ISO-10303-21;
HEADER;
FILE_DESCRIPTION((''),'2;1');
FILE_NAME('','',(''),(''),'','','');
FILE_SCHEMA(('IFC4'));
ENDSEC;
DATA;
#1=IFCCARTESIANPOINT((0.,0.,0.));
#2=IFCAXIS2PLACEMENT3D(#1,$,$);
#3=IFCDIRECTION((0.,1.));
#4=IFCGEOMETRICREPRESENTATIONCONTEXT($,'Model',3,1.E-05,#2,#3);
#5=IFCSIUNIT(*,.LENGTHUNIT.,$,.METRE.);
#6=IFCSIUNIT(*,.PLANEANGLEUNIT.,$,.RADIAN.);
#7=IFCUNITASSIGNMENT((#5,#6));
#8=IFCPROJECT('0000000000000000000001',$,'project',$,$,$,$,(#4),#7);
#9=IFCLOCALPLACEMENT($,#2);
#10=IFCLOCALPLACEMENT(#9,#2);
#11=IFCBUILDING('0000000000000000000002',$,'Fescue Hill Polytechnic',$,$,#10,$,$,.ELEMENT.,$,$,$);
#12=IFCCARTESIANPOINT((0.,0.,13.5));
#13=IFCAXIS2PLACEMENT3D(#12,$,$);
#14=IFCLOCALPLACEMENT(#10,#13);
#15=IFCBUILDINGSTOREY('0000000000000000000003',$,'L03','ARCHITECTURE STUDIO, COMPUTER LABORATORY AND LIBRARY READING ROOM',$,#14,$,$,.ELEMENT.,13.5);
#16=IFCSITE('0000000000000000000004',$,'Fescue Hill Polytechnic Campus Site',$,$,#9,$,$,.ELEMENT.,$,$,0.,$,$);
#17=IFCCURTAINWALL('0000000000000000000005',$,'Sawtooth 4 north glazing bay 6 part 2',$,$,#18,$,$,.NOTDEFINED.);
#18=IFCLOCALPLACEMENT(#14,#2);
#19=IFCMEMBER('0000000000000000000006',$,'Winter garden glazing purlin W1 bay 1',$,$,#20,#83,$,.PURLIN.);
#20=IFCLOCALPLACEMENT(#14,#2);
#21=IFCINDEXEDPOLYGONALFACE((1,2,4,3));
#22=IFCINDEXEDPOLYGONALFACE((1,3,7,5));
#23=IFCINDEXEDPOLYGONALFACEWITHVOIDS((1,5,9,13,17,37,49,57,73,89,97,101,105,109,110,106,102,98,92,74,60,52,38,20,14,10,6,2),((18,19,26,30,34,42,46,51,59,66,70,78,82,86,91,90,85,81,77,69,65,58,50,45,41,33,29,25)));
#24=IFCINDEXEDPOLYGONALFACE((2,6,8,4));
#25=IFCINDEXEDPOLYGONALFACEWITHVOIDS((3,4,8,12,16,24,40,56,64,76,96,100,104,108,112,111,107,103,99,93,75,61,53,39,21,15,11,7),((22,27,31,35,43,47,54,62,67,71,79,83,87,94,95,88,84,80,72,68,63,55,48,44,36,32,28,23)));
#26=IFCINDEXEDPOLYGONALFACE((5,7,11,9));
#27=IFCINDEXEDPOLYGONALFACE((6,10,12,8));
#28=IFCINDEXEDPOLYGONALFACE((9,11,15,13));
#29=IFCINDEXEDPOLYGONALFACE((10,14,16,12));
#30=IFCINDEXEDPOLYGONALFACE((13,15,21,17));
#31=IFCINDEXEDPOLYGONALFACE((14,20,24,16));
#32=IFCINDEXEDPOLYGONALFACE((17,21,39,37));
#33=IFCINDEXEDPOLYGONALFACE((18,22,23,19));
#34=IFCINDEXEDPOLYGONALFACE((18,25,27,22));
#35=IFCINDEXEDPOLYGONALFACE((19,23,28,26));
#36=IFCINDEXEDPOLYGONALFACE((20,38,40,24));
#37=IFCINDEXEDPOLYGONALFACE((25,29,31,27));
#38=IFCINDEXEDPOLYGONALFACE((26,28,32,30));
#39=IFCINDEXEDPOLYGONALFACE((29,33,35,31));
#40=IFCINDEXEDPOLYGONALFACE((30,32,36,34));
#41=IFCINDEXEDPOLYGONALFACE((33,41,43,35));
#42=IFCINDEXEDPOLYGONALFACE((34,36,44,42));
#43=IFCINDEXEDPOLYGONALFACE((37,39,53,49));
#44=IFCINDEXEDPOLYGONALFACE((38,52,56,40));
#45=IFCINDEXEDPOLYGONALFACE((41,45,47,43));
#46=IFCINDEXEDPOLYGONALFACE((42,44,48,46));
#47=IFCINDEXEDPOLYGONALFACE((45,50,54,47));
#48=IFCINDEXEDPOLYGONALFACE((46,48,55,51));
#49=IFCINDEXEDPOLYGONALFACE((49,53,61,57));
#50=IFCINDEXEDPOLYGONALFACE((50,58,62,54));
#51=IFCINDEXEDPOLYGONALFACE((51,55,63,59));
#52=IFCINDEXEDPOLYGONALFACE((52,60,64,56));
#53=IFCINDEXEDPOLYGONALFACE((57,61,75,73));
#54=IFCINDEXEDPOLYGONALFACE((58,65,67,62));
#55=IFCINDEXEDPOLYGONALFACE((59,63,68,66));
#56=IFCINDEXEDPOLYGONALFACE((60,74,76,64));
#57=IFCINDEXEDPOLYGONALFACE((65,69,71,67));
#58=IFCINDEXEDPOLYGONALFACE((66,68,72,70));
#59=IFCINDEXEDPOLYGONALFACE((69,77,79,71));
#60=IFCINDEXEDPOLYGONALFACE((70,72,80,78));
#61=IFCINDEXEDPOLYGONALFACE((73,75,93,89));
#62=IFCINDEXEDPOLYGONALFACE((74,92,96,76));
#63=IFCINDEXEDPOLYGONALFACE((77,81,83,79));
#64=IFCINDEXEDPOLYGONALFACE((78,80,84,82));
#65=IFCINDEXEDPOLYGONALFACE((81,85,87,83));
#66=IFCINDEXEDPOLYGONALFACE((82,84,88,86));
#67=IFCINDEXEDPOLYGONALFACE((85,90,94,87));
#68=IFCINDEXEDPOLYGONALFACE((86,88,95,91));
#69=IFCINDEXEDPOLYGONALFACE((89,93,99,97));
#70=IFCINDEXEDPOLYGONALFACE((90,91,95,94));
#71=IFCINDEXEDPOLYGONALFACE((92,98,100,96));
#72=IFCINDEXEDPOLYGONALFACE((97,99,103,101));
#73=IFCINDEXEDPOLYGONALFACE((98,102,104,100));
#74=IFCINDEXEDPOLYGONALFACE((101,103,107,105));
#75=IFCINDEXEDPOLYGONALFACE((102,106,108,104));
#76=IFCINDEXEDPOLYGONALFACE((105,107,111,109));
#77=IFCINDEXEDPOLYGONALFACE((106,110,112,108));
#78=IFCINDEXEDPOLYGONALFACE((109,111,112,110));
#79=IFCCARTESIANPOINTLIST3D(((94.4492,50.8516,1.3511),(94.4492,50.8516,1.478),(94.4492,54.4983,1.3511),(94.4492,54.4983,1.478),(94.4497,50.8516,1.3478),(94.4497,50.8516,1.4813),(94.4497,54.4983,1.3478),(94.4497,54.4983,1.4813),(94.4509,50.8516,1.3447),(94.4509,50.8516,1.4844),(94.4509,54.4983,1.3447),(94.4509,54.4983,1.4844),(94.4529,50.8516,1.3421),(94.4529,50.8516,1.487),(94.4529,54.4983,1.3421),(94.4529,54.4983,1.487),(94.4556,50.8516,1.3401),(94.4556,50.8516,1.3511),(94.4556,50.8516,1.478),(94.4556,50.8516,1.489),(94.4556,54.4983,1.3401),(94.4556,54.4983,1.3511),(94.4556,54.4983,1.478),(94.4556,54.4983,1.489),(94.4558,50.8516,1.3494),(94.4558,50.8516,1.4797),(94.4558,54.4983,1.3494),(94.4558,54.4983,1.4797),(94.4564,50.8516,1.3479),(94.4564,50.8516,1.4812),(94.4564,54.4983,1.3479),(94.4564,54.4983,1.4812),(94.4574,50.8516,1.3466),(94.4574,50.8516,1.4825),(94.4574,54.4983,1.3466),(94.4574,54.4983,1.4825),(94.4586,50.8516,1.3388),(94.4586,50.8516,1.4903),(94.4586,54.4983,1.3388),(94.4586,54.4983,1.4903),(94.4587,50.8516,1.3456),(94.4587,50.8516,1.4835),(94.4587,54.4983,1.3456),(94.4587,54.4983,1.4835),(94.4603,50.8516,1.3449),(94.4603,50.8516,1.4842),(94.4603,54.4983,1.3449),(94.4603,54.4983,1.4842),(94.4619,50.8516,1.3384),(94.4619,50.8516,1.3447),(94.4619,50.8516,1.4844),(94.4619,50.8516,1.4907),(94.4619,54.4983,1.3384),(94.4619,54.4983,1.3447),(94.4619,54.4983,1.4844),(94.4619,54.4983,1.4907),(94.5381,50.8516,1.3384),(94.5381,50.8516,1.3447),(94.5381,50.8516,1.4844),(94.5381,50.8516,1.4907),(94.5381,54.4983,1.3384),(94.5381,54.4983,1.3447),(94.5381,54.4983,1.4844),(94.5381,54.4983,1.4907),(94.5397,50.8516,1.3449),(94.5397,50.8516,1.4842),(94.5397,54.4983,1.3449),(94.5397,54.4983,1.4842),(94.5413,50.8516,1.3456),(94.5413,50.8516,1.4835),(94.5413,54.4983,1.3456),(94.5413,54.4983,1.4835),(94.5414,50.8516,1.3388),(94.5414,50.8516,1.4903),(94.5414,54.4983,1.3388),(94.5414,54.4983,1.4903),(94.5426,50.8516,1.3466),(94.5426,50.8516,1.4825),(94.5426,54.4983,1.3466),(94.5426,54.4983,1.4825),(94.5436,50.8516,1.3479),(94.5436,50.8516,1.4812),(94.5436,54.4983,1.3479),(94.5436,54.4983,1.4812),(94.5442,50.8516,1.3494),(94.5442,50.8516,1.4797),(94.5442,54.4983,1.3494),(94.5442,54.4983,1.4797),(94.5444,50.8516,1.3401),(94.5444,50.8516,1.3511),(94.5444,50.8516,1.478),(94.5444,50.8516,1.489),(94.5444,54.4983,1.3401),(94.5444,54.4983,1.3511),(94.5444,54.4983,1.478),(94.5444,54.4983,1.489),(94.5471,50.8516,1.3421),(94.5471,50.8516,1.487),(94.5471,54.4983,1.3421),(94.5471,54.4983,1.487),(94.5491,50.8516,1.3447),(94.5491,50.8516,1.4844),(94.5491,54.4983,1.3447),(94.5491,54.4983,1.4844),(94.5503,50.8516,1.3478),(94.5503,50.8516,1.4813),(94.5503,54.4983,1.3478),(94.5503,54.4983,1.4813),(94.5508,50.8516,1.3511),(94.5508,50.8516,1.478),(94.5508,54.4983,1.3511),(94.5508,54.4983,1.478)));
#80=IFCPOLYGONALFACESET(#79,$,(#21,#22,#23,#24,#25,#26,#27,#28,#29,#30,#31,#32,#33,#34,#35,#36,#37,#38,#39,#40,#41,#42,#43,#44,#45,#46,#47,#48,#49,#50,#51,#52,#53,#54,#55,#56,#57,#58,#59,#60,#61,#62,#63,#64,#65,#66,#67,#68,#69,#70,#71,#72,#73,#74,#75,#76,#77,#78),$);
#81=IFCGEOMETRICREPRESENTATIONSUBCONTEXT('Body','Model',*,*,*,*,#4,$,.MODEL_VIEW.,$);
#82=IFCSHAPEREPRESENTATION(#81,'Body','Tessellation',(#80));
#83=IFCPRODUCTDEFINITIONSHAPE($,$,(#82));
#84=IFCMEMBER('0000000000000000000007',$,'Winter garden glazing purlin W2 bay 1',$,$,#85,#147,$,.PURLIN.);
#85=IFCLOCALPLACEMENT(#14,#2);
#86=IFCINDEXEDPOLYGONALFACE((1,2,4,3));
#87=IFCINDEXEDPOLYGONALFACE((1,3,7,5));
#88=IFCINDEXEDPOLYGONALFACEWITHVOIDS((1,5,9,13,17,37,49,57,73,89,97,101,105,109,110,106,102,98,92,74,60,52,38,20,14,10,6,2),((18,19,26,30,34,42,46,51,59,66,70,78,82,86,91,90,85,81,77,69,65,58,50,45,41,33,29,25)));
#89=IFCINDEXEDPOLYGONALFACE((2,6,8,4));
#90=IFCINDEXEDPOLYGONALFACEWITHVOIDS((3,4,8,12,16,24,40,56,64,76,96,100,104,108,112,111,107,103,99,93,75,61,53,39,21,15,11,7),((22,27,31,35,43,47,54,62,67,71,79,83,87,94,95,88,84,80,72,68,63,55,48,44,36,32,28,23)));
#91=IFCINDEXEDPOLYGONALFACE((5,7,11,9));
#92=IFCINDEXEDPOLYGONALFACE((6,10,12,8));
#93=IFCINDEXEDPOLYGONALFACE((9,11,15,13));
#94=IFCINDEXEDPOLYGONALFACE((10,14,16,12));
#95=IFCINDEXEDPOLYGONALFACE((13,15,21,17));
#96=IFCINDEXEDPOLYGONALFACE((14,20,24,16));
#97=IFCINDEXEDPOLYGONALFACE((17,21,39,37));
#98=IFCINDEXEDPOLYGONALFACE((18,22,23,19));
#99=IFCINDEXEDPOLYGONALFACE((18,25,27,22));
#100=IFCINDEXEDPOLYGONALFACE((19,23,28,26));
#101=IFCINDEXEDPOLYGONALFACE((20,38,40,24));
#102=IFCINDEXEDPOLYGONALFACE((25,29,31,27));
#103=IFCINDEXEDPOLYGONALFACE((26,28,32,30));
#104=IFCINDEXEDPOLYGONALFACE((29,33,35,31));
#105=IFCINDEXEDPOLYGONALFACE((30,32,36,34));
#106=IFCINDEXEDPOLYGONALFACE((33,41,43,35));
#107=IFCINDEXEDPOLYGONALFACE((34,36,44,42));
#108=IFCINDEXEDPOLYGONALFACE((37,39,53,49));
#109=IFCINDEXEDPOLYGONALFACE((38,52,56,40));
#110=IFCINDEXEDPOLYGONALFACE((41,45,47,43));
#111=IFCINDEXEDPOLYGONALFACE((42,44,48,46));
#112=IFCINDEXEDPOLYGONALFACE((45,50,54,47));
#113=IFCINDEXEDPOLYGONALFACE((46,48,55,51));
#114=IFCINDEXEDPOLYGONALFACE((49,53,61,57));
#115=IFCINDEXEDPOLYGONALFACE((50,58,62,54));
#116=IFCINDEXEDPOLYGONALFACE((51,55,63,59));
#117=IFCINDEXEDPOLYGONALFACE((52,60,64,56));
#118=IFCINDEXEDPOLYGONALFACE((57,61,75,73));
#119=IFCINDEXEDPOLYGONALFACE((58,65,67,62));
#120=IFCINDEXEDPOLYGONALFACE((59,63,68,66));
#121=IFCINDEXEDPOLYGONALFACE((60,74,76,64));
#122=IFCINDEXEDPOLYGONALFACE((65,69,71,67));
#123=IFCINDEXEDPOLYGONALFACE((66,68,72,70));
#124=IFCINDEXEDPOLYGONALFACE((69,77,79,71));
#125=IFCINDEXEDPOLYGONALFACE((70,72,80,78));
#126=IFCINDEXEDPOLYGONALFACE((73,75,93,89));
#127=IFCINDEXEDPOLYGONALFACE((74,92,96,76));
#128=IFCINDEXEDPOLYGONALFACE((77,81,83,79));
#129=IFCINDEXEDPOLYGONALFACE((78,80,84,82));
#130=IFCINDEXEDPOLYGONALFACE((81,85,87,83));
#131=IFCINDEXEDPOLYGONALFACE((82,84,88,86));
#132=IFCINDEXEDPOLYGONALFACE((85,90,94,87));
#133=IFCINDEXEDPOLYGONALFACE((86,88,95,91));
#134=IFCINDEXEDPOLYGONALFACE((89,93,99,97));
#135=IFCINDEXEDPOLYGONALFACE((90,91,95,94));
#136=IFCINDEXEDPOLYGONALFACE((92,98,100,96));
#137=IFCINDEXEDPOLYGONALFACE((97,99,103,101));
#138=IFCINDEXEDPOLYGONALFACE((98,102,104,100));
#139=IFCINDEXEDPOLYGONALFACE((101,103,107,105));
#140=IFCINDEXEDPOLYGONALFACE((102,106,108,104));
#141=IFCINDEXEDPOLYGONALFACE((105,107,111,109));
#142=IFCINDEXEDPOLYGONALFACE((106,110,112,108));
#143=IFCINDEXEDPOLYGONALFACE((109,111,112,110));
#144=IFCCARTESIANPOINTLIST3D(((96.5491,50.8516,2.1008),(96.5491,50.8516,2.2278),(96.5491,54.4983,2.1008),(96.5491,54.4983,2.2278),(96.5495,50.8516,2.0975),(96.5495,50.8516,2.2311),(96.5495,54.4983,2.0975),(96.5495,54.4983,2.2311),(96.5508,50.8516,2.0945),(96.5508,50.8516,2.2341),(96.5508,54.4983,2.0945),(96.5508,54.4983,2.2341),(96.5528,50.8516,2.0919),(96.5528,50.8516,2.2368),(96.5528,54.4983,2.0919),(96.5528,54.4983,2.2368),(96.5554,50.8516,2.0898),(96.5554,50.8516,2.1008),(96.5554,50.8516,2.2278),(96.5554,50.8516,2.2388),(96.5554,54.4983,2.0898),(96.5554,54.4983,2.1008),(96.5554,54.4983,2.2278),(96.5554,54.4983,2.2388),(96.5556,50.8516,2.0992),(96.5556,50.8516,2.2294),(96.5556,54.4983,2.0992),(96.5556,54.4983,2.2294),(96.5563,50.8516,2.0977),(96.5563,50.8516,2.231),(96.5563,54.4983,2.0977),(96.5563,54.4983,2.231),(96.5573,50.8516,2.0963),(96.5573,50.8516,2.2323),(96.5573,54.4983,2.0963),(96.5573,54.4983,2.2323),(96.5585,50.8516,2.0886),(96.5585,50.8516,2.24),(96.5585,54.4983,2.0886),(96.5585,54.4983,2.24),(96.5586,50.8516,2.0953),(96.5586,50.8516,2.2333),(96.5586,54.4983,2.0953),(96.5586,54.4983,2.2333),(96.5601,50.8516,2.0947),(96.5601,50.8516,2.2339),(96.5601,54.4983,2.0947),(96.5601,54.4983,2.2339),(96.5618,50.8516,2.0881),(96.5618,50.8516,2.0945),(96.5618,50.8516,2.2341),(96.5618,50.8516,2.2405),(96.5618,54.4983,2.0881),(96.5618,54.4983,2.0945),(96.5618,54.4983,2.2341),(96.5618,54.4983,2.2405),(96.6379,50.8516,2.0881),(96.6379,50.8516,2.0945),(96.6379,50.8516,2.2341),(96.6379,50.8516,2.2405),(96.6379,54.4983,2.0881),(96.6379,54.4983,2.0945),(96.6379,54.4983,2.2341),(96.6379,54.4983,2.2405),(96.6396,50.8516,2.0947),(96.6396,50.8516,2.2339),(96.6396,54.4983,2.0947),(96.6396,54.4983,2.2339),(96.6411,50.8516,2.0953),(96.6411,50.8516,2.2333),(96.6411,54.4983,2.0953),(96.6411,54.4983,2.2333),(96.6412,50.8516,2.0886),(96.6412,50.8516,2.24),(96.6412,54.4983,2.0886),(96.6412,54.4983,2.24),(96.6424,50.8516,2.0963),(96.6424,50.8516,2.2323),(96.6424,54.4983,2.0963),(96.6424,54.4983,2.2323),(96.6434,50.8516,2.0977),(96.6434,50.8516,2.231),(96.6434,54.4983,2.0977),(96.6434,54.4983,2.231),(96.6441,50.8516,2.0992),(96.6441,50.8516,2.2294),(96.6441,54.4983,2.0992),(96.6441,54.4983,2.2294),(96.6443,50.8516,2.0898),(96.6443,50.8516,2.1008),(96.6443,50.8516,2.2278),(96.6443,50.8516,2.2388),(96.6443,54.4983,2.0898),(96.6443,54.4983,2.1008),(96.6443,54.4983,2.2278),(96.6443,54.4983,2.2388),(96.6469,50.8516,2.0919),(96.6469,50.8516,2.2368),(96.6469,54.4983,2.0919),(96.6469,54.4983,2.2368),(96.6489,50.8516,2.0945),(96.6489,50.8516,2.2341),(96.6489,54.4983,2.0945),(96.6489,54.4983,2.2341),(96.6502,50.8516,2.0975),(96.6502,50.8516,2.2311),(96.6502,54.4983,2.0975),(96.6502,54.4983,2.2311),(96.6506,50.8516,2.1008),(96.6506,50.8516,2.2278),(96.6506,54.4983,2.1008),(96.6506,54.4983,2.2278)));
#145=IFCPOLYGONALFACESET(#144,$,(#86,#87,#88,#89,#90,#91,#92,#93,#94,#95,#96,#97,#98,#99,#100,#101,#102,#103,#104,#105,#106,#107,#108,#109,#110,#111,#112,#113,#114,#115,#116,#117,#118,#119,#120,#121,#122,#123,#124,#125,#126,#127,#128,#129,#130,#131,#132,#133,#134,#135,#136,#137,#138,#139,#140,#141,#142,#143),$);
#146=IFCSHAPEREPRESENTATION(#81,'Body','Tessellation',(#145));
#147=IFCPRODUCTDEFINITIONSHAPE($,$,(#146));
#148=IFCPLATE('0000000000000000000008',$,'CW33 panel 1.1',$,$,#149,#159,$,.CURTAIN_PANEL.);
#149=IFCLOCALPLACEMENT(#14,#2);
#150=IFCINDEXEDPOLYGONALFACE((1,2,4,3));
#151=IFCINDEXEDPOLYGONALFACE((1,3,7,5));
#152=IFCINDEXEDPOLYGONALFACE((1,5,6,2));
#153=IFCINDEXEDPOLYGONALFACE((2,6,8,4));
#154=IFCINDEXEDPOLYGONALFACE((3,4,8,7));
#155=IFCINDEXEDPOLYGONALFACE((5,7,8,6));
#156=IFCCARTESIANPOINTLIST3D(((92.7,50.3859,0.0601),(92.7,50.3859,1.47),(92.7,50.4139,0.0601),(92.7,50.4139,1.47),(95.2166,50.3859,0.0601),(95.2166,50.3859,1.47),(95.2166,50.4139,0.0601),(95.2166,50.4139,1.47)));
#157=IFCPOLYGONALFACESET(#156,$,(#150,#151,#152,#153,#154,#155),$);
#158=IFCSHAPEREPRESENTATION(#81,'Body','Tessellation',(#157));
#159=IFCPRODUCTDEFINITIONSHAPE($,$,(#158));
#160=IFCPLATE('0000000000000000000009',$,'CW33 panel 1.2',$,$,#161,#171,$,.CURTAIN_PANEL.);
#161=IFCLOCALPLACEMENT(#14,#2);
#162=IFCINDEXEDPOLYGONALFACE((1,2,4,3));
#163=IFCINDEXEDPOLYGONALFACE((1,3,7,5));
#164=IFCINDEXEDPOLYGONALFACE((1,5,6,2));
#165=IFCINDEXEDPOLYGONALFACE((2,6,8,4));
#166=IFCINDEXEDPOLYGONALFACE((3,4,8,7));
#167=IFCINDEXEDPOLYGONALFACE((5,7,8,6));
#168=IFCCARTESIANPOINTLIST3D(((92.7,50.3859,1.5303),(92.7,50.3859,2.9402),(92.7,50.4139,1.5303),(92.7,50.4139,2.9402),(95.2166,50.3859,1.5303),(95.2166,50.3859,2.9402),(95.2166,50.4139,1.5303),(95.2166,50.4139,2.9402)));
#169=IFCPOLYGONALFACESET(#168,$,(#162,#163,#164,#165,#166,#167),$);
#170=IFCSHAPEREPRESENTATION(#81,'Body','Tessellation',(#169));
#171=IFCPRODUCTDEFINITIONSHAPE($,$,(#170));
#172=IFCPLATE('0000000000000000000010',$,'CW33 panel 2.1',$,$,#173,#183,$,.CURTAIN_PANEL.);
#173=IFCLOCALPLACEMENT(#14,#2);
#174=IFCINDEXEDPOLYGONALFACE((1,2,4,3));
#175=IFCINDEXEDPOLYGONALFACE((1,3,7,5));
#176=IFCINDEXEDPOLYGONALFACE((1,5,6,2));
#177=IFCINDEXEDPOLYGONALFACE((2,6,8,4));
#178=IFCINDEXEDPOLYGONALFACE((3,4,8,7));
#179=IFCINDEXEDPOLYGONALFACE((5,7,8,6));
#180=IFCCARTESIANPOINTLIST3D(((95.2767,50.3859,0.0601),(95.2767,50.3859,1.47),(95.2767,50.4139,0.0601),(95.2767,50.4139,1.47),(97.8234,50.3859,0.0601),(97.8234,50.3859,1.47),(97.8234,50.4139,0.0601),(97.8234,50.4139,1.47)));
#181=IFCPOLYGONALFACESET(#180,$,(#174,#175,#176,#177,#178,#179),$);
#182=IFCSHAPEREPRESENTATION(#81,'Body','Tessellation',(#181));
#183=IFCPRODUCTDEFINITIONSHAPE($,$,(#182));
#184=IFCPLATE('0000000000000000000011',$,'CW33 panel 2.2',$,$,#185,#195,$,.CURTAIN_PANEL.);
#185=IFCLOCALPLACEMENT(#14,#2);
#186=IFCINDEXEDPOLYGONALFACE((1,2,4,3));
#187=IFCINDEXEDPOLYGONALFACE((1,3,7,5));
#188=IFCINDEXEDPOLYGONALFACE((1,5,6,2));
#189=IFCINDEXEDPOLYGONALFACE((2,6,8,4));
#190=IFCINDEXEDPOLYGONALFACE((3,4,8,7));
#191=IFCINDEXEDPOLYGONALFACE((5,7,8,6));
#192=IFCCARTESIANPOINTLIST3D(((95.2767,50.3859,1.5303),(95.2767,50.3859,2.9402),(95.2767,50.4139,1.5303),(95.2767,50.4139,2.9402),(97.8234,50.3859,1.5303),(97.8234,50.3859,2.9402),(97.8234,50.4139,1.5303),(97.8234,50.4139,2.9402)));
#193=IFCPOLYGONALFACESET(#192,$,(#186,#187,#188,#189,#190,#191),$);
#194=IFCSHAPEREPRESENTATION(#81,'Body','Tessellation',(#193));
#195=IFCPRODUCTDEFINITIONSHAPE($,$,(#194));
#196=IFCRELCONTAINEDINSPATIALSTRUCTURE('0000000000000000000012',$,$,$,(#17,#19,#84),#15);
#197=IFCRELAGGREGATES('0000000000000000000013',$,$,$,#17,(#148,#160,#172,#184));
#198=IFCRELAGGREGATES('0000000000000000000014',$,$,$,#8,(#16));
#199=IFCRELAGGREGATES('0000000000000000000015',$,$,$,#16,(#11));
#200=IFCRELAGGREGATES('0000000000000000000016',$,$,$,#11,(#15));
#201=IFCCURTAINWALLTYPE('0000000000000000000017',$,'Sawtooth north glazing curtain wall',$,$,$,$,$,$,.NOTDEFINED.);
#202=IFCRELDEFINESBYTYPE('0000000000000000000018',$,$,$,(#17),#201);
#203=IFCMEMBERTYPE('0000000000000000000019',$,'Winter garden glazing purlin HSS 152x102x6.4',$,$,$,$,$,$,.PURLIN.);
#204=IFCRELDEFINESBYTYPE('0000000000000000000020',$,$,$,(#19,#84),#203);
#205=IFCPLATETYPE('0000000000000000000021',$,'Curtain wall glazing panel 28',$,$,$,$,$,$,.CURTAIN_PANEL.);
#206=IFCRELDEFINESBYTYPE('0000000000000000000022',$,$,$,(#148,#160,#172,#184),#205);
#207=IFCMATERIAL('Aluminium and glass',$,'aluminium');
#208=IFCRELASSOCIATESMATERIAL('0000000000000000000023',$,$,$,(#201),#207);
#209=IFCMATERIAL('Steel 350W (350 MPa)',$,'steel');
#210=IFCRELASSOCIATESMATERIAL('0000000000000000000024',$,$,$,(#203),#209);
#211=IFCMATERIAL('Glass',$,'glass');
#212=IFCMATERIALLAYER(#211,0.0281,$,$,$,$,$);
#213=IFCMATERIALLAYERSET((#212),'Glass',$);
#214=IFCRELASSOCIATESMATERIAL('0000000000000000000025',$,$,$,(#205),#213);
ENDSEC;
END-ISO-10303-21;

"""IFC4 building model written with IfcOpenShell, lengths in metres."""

from ifc_helpers import new_model, si_unit, direction, frame, origin, origin_2d, place, context, subcontext, project, spatial, rectangle, hollow_rectangle, extrude, material, layer, layer_set, material_profile, profile_set, type_object, element, aggregate, save


model = new_model("IFC4")

# Units and contexts
model_context = context("Model", 3, precision=1e-05, world=origin(), true_north=direction((0.0, 1.0)))
body_context = subcontext(model_context, "Body", "Model", "MODEL_VIEW")
ifc_project = project(units=[si_unit("LENGTHUNIT", "METRE"), si_unit("PLANEANGLEUNIT", "RADIAN")], contexts=[model_context])

# Site, building, storey
site_placement = place(None, origin())
site = spatial("IfcSite", under=ifc_project, at=site_placement, Name="Fescue Hill Polytechnic Campus Site", CompositionType="ELEMENT", RefElevation=0.0)
building_placement = place(site_placement, origin())
building = spatial("IfcBuilding", under=site, at=building_placement, Name="Fescue Hill Polytechnic", CompositionType="ELEMENT")
storey_placement = place(building_placement, frame((0.0, 0.0, 13.5)))
storey = spatial("IfcBuildingStorey", under=building, at=storey_placement, Name="L03", Description="ARCHITECTURE STUDIO, COMPUTER LABORATORY AND LIBRARY READING ROOM", CompositionType="ELEMENT", Elevation=13.5)

# Curtain wall
ifc_material_1 = material(Name="Aluminium and glass", Category="aluminium")
curtain_wall_type = type_object("IfcCurtainWallType", Name="Sawtooth north glazing curtain wall", PredefinedType="NOTDEFINED", material=ifc_material_1)
curtain_wall_placement = place(storey_placement, origin())
curtain_wall = element("IfcCurtainWall", 1, at=curtain_wall_placement, inside=storey, type_object=curtain_wall_type, Name="Sawtooth 4 north glazing bay 6 part 2", PredefinedType="NOTDEFINED")

# Members
ifc_material_2 = material(Name="Steel 350W (350 MPa)", Category="steel")
ifc_material_profile_1 = material_profile(ifc_material_2, hollow_rectangle(XDim=0.1016, YDim=0.1523, WallThickness=0.0063, InnerFilletRadius=0.0063, OuterFilletRadius=0.0127, at=origin_2d()), Name="Winter garden glazing purlin HSS 152x102x6.4")
ifc_profile_set_1 = profile_set([ifc_material_profile_1], Name="Steel 350W (350 MPa)")
member_type_1 = type_object("IfcMemberType", Name="Winter garden glazing purlin HSS 152x102x6.4", PredefinedType="PURLIN", material=ifc_profile_set_1)
for number, where, z_axis, x_axis, name in (
    (2, (94.5, 50.8516, 1.4146), (0.0, 1.0, 0.0), (-1.0, 0.0, 0.0), "Winter garden glazing purlin W1 bay 1"),
    (3, (96.5999, 50.8516, 2.1643), (0.0, 1.0, 0.0), (-1.0, 0.0, 0.0), "Winter garden glazing purlin W2 bay 1"),
):
    element("IfcMember", number, at=place(storey_placement, frame(where, z_axis=z_axis, x_axis=x_axis)), inside=storey, type_object=member_type_1, Name=name, PredefinedType="PURLIN", context=body_context, shape_type="SweptSolid", body=[
        extrude(hollow_rectangle(XDim=0.1016, YDim=0.1523, WallThickness=0.0063, InnerFilletRadius=0.0063, OuterFilletRadius=0.0127, at=origin_2d()), origin(), (0.0, 0.0, 1.0), 3.6467),
    ])

# Plates
ifc_material_3 = material(Name="Glass", Category="glass")
ifc_layer_1 = layer(ifc_material_3, 0.0281)
ifc_layer_set_1 = layer_set([ifc_layer_1], Name="Glass")
plate_type = type_object("IfcPlateType", Name="Curtain wall glazing panel 28", PredefinedType="CURTAIN_PANEL", material=ifc_layer_set_1)
plate_1_placement = place(storey_placement, frame((93.9583, 50.3999, 0.0601), z_axis=(0.0, 0.0, 1.0), x_axis=(1.0, 0.0, 0.0)))
plate_1 = element("IfcPlate", 4, at=plate_1_placement, type_object=plate_type, Name="CW33 panel 1.1", PredefinedType="CURTAIN_PANEL", context=body_context, shape_type="SweptSolid", body=[
    extrude(rectangle(XDim=2.5166, YDim=0.0281, at=origin_2d()), origin(), (0.0, 0.0, 1.0), 1.4099),
])
plate_2_placement = place(storey_placement, frame((93.9583, 50.3999, 1.5303), z_axis=(0.0, 0.0, 1.0), x_axis=(1.0, 0.0, 0.0)))
plate_2 = element("IfcPlate", 5, at=plate_2_placement, type_object=plate_type, Name="CW33 panel 1.2", PredefinedType="CURTAIN_PANEL", context=body_context, shape_type="SweptSolid", body=[
    extrude(rectangle(XDim=2.5166, YDim=0.0281, at=origin_2d()), origin(), (0.0, 0.0, 1.0), 1.4099),
])
plate_3_placement = place(storey_placement, frame((96.55, 50.3999, 0.0601), z_axis=(0.0, 0.0, 1.0), x_axis=(1.0, 0.0, 0.0)))
plate_3 = element("IfcPlate", 6, at=plate_3_placement, type_object=plate_type, Name="CW33 panel 2.1", PredefinedType="CURTAIN_PANEL", context=body_context, shape_type="SweptSolid", body=[
    extrude(rectangle(XDim=2.5466, YDim=0.0281, at=origin_2d()), origin(), (0.0, 0.0, 1.0), 1.4099),
])
plate_4_placement = place(storey_placement, frame((96.55, 50.3999, 1.5303), z_axis=(0.0, 0.0, 1.0), x_axis=(1.0, 0.0, 0.0)))
plate_4 = element("IfcPlate", 7, at=plate_4_placement, type_object=plate_type, Name="CW33 panel 2.2", PredefinedType="CURTAIN_PANEL", context=body_context, shape_type="SweptSolid", body=[
    extrude(rectangle(XDim=2.5466, YDim=0.0281, at=origin_2d()), origin(), (0.0, 0.0, 1.0), 1.4099),
])
aggregate(curtain_wall, [plate_1, plate_2, plate_3, plate_4])

save(model, "model.ifc")
